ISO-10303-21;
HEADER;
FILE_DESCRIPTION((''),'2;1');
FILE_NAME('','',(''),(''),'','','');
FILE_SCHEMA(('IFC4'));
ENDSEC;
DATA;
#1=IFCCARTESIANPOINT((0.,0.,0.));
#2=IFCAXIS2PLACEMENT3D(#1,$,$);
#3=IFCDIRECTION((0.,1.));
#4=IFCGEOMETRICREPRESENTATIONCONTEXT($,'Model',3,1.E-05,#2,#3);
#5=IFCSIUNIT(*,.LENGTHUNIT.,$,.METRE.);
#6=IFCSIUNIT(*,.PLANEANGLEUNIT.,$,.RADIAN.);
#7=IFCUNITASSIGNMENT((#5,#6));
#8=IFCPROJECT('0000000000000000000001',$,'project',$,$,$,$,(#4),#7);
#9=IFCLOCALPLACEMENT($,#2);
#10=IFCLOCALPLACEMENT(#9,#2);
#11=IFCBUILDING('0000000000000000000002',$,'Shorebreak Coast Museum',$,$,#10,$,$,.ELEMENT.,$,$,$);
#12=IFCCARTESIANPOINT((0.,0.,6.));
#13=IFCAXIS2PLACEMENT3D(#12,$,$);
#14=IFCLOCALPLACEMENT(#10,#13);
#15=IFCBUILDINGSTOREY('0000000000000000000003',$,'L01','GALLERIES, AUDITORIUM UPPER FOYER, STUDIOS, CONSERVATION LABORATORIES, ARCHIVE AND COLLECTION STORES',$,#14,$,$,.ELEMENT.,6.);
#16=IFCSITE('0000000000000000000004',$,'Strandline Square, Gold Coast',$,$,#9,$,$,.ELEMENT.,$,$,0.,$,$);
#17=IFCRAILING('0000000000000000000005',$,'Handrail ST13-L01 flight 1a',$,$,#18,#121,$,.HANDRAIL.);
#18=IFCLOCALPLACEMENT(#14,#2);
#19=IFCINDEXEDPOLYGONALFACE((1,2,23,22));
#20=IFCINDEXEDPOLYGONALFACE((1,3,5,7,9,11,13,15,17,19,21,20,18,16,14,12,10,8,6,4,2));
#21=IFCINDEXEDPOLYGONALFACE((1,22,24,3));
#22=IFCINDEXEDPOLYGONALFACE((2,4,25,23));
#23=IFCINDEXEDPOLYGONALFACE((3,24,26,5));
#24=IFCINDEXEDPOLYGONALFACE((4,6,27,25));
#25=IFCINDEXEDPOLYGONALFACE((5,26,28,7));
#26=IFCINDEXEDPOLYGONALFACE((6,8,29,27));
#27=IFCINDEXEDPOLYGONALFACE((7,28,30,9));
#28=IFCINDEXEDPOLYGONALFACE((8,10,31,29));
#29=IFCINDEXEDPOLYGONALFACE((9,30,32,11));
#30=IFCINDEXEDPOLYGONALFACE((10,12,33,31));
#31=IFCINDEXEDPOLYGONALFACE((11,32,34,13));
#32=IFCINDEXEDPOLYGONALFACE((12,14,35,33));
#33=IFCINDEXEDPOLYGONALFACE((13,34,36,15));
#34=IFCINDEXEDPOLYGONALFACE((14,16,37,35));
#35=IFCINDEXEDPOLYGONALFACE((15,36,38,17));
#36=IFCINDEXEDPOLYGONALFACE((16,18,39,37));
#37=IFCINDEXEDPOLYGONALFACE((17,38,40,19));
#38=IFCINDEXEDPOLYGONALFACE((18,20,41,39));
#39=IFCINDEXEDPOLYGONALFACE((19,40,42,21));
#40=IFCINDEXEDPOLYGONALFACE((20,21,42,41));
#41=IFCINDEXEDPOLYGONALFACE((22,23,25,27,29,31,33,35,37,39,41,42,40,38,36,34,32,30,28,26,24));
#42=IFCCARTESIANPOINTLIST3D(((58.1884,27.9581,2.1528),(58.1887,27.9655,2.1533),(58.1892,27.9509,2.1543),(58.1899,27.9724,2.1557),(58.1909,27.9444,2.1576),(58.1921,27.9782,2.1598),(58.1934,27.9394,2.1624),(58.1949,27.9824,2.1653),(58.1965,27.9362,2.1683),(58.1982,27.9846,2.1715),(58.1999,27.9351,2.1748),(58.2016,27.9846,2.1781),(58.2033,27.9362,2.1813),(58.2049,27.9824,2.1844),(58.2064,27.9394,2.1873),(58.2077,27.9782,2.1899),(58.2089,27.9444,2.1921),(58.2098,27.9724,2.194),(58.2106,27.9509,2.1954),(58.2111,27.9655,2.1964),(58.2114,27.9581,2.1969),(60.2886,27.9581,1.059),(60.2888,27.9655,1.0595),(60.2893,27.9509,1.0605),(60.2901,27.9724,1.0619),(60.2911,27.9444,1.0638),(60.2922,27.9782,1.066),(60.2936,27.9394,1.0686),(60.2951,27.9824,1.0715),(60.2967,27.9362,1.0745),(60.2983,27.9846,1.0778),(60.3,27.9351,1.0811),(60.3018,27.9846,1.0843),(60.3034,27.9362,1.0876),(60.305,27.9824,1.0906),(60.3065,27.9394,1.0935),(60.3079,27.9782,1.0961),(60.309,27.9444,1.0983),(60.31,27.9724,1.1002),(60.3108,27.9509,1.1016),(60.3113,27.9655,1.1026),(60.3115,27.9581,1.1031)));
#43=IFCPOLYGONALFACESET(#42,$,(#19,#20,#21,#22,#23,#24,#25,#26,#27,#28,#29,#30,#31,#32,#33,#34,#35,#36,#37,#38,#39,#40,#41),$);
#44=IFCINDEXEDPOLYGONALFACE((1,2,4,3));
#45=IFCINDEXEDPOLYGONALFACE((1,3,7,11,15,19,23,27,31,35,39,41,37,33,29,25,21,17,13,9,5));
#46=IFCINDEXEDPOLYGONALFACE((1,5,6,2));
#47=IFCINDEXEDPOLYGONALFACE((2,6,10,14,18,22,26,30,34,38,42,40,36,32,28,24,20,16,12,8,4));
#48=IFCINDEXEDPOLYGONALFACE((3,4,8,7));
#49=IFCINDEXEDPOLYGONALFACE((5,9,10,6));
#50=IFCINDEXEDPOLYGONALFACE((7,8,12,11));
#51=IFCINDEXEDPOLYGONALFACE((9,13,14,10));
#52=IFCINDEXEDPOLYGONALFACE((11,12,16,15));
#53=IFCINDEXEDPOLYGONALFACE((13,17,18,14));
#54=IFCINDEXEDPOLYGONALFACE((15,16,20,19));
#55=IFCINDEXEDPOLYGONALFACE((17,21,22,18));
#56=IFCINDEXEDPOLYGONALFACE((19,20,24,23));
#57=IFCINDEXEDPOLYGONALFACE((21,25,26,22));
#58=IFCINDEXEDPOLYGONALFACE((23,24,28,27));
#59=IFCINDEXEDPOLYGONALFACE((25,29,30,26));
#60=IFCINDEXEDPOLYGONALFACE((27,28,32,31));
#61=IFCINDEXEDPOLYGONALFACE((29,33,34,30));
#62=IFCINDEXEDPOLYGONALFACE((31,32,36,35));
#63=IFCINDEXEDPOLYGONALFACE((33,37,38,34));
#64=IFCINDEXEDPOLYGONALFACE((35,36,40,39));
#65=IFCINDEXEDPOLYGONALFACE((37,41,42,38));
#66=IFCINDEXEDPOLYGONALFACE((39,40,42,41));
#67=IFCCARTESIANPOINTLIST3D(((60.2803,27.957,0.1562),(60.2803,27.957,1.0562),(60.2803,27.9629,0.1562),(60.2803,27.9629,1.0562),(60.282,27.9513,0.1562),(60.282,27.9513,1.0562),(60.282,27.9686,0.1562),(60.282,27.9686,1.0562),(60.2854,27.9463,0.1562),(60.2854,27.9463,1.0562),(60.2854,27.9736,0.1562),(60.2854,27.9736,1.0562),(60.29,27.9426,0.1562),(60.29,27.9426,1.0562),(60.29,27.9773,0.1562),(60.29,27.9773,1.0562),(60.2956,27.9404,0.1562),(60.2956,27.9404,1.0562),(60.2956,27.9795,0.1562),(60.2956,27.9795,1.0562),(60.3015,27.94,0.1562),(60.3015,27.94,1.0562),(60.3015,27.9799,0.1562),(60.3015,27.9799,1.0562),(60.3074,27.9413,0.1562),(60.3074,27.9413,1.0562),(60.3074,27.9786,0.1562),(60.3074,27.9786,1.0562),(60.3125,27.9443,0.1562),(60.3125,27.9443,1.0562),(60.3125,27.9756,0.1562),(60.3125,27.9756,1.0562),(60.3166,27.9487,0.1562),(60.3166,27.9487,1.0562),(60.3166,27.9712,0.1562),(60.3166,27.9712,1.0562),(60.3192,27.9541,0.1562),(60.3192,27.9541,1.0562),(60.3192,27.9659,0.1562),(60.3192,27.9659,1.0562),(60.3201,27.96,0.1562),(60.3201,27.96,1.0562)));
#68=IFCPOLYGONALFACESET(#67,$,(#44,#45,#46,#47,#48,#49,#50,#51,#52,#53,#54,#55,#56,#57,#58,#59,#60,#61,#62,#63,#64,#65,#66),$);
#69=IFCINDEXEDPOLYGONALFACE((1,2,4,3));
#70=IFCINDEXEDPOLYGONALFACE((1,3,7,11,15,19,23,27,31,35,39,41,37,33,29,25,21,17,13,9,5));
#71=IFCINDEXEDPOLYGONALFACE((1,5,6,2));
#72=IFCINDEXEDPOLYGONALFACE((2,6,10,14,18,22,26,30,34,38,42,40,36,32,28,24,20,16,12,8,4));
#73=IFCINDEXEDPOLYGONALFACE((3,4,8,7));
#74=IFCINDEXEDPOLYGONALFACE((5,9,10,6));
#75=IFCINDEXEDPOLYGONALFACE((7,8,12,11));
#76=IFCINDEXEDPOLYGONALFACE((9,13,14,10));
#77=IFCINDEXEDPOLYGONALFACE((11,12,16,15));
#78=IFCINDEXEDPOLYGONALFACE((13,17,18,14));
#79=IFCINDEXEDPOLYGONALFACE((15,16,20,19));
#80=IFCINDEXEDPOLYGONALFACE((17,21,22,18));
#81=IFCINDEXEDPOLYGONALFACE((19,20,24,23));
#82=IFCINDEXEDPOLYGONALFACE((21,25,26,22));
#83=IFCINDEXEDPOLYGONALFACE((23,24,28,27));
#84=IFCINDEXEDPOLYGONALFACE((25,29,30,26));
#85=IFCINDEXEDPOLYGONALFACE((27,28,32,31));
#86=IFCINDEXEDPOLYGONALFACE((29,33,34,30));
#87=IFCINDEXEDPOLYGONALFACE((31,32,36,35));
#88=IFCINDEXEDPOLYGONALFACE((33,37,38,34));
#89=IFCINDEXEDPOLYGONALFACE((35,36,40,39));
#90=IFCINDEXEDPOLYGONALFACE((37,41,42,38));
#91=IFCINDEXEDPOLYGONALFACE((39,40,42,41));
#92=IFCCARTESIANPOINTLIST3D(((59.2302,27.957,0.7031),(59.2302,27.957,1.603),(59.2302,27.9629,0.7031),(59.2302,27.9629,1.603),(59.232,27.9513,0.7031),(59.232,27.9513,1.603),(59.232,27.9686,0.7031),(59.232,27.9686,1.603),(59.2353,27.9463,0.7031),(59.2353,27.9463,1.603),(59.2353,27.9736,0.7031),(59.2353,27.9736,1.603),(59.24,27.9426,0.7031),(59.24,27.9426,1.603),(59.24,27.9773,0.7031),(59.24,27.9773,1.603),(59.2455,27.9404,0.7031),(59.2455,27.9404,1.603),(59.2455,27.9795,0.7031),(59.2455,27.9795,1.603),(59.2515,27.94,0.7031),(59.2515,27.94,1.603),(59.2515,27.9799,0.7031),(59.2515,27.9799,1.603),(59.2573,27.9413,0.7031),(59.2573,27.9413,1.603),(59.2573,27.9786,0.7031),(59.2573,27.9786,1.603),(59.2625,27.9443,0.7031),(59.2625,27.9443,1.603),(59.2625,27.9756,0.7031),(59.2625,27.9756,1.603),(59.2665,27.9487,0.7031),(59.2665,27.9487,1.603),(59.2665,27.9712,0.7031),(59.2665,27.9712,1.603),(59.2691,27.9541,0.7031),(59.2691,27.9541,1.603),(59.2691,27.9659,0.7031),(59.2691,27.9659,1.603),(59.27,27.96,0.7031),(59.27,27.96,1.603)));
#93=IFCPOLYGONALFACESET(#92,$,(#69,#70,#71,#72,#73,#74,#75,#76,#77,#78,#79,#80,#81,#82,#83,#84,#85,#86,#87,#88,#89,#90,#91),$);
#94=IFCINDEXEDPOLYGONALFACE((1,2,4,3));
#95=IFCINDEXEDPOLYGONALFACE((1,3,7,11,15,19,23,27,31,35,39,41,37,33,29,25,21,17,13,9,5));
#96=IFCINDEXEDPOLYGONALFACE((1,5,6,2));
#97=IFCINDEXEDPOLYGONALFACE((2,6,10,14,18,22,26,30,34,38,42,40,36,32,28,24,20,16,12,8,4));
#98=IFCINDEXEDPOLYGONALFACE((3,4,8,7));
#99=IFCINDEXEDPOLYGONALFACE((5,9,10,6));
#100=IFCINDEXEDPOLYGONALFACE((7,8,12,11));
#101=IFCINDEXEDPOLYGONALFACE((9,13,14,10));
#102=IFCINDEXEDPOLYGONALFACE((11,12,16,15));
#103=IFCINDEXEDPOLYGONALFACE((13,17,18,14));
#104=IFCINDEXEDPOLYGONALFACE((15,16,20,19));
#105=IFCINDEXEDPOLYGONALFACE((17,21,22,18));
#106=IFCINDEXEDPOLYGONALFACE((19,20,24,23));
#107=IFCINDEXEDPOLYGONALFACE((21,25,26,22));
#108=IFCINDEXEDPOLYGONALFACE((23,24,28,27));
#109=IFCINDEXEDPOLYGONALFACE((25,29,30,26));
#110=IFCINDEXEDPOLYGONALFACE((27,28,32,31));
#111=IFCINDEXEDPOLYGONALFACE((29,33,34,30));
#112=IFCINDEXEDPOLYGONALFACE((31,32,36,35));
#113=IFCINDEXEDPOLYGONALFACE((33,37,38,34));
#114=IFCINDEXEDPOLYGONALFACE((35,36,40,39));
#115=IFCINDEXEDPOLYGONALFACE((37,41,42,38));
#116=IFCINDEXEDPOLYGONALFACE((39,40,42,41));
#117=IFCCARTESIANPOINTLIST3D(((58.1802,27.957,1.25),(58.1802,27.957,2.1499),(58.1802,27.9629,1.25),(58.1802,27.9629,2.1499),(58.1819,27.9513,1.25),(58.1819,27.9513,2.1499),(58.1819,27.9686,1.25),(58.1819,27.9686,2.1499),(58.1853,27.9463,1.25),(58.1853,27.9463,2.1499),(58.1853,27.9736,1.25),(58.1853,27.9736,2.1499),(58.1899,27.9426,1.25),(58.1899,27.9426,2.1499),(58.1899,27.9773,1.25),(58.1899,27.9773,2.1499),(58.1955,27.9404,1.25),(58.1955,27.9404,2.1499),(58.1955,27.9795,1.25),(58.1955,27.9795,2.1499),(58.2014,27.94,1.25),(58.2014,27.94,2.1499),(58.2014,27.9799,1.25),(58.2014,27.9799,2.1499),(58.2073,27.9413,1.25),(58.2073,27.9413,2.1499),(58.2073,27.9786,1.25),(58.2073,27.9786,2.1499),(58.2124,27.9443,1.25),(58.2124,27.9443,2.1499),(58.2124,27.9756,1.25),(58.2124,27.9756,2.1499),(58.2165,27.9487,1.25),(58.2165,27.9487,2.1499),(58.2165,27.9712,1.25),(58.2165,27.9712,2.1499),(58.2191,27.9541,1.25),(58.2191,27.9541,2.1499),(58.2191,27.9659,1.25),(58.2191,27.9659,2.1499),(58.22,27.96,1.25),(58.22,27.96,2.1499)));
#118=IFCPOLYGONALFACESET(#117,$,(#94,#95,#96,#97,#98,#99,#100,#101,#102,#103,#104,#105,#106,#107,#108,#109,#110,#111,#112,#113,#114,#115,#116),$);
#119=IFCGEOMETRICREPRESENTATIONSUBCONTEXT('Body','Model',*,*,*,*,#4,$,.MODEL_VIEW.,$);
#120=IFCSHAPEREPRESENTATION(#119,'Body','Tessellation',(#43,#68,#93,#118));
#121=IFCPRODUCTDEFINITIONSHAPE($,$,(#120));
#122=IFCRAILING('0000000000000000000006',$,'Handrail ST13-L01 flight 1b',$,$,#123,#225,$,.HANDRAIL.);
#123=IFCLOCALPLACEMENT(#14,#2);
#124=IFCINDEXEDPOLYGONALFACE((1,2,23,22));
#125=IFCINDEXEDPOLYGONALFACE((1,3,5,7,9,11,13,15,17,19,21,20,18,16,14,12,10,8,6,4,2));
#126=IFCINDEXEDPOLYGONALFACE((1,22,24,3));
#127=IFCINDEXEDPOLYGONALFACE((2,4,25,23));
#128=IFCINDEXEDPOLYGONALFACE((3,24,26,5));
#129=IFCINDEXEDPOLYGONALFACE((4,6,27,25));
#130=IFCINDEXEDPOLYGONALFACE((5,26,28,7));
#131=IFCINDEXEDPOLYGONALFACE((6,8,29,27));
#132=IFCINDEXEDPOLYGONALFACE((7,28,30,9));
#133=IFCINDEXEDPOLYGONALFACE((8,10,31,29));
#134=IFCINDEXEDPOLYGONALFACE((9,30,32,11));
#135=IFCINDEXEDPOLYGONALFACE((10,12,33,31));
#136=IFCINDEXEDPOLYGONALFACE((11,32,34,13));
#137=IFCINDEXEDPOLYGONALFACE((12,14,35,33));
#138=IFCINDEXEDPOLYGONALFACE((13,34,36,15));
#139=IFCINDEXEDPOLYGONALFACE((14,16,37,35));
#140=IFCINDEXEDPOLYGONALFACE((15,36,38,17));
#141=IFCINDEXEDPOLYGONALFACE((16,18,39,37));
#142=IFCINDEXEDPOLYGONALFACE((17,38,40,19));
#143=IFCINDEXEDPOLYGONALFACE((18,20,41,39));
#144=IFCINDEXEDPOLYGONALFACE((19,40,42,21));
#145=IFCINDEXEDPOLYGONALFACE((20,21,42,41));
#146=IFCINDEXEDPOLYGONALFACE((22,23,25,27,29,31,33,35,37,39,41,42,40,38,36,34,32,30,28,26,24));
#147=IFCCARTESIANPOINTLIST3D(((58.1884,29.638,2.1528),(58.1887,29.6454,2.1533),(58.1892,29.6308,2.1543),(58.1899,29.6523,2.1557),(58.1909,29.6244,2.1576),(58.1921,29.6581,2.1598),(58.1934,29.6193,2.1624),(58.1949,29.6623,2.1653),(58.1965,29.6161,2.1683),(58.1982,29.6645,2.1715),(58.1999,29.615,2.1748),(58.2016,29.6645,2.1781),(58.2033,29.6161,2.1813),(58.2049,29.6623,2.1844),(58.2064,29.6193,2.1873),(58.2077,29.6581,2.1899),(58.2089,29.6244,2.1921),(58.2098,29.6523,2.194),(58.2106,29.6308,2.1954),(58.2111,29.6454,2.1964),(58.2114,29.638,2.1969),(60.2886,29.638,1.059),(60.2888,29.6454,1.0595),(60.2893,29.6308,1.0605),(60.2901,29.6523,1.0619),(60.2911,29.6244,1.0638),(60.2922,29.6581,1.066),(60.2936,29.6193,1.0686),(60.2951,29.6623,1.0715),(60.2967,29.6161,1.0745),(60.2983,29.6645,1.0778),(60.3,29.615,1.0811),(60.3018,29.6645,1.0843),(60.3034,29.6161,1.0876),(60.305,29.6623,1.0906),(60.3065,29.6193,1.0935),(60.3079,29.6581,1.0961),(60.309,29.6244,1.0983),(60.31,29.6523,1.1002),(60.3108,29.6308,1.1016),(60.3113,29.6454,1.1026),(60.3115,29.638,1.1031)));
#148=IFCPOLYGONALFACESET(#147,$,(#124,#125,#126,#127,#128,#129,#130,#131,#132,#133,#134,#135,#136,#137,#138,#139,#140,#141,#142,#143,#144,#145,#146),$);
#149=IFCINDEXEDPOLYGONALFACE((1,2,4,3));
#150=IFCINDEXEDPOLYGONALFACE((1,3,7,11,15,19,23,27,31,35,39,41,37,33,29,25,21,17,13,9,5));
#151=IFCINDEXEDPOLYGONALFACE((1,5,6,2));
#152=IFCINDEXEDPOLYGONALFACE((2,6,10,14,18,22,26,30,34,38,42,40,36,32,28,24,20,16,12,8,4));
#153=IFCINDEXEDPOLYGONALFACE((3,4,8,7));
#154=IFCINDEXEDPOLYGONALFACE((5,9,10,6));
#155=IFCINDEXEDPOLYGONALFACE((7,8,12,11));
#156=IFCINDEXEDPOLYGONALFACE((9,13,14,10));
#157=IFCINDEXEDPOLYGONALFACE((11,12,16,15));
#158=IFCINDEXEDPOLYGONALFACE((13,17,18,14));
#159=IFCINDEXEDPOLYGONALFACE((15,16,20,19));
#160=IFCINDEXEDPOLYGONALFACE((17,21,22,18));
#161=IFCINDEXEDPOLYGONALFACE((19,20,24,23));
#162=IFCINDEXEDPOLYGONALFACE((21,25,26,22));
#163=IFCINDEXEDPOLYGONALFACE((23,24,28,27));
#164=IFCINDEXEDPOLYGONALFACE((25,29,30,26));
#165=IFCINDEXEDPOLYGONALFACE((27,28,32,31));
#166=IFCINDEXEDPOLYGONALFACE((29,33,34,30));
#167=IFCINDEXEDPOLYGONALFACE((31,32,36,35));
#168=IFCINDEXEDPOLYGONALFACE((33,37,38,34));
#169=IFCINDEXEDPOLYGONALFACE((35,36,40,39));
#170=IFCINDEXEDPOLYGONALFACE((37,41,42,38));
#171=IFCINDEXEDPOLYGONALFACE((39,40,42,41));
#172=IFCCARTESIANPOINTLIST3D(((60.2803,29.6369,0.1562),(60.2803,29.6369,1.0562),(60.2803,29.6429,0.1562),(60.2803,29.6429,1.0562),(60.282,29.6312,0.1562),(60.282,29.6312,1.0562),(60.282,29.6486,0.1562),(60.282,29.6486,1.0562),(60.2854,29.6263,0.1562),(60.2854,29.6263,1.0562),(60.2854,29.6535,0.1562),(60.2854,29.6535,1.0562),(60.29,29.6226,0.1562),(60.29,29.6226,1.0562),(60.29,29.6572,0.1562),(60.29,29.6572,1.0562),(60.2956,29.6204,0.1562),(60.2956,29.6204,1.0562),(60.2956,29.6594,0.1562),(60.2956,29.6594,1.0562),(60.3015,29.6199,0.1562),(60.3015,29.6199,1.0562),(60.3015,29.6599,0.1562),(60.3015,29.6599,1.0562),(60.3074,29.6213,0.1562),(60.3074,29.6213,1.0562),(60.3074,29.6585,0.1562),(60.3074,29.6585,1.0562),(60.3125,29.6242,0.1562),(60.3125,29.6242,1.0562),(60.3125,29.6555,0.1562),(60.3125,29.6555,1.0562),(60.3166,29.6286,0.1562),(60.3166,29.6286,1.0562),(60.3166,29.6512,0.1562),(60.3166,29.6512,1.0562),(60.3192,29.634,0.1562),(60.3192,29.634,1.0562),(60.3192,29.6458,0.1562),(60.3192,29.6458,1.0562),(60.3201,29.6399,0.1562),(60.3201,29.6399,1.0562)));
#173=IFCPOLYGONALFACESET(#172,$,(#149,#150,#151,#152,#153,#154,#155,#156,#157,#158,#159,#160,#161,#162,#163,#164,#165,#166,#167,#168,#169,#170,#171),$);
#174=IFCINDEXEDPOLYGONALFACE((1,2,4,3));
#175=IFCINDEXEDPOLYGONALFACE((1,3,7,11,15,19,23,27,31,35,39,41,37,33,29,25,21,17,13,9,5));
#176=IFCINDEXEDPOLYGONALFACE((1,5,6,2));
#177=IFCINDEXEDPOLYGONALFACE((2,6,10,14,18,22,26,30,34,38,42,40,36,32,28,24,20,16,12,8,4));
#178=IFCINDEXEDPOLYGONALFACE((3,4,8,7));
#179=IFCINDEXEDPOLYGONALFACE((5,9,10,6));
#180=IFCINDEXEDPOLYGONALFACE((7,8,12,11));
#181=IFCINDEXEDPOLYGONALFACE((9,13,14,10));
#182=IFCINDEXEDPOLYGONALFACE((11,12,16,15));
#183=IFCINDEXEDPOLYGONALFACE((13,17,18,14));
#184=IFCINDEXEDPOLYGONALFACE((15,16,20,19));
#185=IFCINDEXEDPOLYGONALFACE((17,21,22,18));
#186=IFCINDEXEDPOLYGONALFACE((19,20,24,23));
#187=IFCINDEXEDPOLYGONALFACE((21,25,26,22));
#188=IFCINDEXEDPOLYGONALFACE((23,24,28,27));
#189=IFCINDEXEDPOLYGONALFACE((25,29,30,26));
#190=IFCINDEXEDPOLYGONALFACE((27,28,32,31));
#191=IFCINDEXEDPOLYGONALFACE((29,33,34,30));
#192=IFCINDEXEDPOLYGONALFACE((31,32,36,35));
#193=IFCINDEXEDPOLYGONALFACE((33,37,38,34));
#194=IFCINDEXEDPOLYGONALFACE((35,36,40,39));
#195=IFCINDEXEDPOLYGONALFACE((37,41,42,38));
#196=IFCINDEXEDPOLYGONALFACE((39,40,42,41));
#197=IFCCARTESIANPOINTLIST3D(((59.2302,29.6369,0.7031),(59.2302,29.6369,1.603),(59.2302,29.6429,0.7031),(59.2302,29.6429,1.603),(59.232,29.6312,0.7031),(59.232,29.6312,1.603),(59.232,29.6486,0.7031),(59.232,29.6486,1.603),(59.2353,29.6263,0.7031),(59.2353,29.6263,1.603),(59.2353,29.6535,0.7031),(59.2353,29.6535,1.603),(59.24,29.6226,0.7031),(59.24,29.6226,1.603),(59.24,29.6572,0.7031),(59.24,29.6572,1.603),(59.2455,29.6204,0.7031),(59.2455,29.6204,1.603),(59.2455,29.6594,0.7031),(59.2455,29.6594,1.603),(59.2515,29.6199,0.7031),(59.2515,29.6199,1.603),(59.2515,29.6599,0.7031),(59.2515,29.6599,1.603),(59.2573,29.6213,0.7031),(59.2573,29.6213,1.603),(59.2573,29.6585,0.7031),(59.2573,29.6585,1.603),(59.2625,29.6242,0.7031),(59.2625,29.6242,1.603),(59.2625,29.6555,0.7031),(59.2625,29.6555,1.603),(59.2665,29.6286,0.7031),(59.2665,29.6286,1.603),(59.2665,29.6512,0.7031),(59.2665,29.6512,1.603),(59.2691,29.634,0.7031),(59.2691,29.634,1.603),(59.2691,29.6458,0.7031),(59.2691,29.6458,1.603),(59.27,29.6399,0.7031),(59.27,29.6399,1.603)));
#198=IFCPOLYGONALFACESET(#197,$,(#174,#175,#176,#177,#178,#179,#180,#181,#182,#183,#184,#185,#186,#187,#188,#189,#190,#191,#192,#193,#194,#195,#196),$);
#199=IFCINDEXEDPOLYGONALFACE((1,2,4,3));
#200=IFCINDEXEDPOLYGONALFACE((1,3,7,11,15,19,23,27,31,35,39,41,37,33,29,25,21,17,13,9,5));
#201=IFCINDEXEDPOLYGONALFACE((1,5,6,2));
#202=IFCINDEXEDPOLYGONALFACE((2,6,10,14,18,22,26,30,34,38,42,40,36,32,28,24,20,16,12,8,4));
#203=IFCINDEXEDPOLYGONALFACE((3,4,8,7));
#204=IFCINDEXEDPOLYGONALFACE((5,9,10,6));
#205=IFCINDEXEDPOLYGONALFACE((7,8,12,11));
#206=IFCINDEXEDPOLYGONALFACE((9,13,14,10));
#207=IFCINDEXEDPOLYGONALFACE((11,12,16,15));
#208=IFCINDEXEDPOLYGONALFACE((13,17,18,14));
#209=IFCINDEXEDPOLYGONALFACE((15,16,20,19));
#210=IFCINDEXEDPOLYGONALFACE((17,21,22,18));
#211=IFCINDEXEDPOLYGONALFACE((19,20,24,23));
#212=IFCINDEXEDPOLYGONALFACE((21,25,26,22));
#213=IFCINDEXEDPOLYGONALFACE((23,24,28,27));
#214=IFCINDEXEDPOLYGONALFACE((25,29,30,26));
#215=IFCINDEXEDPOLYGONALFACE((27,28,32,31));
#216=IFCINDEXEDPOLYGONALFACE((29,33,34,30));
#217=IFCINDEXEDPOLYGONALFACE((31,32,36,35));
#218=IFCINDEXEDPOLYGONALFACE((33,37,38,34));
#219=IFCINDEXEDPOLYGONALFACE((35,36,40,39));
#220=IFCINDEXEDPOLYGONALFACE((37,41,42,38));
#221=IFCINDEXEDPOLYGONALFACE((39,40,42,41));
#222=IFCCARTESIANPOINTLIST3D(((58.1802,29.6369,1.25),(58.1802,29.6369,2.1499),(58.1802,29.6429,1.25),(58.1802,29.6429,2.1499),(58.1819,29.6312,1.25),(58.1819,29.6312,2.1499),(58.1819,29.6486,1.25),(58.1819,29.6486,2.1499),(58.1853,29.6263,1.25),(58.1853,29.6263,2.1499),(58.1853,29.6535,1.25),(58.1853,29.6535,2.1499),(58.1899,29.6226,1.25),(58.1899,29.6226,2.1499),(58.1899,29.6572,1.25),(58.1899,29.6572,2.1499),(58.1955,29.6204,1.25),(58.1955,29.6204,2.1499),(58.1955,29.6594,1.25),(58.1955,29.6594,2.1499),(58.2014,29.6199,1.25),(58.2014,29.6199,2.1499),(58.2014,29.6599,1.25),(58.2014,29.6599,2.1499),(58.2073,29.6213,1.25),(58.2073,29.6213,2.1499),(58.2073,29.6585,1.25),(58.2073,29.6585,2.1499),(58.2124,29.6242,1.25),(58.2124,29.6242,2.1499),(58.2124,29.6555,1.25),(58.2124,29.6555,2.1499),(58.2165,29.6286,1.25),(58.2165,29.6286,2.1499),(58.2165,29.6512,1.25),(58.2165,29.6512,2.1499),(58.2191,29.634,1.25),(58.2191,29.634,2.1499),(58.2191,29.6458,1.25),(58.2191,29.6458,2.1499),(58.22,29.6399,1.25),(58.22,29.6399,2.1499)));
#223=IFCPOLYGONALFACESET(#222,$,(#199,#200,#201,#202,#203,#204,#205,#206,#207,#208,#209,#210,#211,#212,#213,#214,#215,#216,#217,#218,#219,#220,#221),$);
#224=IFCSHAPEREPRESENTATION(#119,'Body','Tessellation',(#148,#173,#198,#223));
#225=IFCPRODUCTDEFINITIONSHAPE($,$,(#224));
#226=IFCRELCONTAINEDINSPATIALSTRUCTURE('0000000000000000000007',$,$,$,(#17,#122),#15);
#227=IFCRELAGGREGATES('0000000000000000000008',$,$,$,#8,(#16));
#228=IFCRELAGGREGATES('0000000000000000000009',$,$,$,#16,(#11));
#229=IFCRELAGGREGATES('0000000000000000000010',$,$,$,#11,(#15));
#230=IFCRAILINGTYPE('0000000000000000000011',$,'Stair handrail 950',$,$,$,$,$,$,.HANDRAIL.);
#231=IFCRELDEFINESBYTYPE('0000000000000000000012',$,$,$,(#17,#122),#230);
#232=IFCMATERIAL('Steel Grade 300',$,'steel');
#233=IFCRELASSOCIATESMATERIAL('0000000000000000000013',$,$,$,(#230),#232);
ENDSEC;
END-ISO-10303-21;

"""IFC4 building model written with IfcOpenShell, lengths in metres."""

from ifc_helpers import new_model, si_unit, direction, frame, origin, origin_2d, place, context, subcontext, project, spatial, circle, extrude, material, type_object, element, save


model = new_model("IFC4")

# Units and contexts
model_context = context("Model", 3, precision=1e-05, world=origin(), true_north=direction((0.0, 1.0)))
body_context = subcontext(model_context, "Body", "Model", "MODEL_VIEW")
ifc_project = project(units=[si_unit("LENGTHUNIT", "METRE"), si_unit("PLANEANGLEUNIT", "RADIAN")], contexts=[model_context])

# Site, building, storey
site_placement = place(None, origin())
site = spatial("IfcSite", under=ifc_project, at=site_placement, Name="Strandline Square, Gold Coast", CompositionType="ELEMENT", RefElevation=0.0)
building_placement = place(site_placement, origin())
building = spatial("IfcBuilding", under=site, at=building_placement, Name="Shorebreak Coast Museum", CompositionType="ELEMENT")
storey_placement = place(building_placement, frame((0.0, 0.0, 6.0)))
storey = spatial("IfcBuildingStorey", under=building, at=storey_placement, Name="L01", Description="GALLERIES, AUDITORIUM UPPER FOYER, STUDIOS, CONSERVATION LABORATORIES, ARCHIVE AND COLLECTION STORES", CompositionType="ELEMENT", Elevation=6.0)

# Railings
ifc_material_1 = material(Name="Steel Grade 300", Category="steel")
railing_type_1 = type_object("IfcRailingType", Name="Stair handrail 950", PredefinedType="HANDRAIL", material=ifc_material_1)
for number, where, name in (
    (1, (60.3, 27.96, 0.1562), "Handrail ST13-L01 flight 1a"),
    (2, (60.3, 29.6399, 0.1562), "Handrail ST13-L01 flight 1b"),
):
    element("IfcRailing", number, at=place(storey_placement, frame(where)), inside=storey, type_object=railing_type_1, Name=name, PredefinedType="HANDRAIL", context=body_context, shape_type="SweptSolid", body=[
        extrude(circle(Radius=0.0249, at=origin_2d()), frame((0.0, 0.0, 0.9248), z_axis=(-0.886923, 0.0, 0.461918), x_axis=(0.0, -1.0, 0.0)), (0.0, 0.0, 1.0), 2.3679),
        extrude(circle(Radius=0.02, at=origin_2d()), origin(), (0.0, 0.0, 1.0), 0.8999),
        extrude(circle(Radius=0.02, at=origin_2d()), frame((-1.05, 0.0, 0.5469)), (0.0, 0.0, 1.0), 0.8999),
        extrude(circle(Radius=0.02, at=origin_2d()), frame((-2.1001, 0.0, 1.0938)), (0.0, 0.0, 1.0), 0.8999),
    ])

save(model, "model.ifc")
